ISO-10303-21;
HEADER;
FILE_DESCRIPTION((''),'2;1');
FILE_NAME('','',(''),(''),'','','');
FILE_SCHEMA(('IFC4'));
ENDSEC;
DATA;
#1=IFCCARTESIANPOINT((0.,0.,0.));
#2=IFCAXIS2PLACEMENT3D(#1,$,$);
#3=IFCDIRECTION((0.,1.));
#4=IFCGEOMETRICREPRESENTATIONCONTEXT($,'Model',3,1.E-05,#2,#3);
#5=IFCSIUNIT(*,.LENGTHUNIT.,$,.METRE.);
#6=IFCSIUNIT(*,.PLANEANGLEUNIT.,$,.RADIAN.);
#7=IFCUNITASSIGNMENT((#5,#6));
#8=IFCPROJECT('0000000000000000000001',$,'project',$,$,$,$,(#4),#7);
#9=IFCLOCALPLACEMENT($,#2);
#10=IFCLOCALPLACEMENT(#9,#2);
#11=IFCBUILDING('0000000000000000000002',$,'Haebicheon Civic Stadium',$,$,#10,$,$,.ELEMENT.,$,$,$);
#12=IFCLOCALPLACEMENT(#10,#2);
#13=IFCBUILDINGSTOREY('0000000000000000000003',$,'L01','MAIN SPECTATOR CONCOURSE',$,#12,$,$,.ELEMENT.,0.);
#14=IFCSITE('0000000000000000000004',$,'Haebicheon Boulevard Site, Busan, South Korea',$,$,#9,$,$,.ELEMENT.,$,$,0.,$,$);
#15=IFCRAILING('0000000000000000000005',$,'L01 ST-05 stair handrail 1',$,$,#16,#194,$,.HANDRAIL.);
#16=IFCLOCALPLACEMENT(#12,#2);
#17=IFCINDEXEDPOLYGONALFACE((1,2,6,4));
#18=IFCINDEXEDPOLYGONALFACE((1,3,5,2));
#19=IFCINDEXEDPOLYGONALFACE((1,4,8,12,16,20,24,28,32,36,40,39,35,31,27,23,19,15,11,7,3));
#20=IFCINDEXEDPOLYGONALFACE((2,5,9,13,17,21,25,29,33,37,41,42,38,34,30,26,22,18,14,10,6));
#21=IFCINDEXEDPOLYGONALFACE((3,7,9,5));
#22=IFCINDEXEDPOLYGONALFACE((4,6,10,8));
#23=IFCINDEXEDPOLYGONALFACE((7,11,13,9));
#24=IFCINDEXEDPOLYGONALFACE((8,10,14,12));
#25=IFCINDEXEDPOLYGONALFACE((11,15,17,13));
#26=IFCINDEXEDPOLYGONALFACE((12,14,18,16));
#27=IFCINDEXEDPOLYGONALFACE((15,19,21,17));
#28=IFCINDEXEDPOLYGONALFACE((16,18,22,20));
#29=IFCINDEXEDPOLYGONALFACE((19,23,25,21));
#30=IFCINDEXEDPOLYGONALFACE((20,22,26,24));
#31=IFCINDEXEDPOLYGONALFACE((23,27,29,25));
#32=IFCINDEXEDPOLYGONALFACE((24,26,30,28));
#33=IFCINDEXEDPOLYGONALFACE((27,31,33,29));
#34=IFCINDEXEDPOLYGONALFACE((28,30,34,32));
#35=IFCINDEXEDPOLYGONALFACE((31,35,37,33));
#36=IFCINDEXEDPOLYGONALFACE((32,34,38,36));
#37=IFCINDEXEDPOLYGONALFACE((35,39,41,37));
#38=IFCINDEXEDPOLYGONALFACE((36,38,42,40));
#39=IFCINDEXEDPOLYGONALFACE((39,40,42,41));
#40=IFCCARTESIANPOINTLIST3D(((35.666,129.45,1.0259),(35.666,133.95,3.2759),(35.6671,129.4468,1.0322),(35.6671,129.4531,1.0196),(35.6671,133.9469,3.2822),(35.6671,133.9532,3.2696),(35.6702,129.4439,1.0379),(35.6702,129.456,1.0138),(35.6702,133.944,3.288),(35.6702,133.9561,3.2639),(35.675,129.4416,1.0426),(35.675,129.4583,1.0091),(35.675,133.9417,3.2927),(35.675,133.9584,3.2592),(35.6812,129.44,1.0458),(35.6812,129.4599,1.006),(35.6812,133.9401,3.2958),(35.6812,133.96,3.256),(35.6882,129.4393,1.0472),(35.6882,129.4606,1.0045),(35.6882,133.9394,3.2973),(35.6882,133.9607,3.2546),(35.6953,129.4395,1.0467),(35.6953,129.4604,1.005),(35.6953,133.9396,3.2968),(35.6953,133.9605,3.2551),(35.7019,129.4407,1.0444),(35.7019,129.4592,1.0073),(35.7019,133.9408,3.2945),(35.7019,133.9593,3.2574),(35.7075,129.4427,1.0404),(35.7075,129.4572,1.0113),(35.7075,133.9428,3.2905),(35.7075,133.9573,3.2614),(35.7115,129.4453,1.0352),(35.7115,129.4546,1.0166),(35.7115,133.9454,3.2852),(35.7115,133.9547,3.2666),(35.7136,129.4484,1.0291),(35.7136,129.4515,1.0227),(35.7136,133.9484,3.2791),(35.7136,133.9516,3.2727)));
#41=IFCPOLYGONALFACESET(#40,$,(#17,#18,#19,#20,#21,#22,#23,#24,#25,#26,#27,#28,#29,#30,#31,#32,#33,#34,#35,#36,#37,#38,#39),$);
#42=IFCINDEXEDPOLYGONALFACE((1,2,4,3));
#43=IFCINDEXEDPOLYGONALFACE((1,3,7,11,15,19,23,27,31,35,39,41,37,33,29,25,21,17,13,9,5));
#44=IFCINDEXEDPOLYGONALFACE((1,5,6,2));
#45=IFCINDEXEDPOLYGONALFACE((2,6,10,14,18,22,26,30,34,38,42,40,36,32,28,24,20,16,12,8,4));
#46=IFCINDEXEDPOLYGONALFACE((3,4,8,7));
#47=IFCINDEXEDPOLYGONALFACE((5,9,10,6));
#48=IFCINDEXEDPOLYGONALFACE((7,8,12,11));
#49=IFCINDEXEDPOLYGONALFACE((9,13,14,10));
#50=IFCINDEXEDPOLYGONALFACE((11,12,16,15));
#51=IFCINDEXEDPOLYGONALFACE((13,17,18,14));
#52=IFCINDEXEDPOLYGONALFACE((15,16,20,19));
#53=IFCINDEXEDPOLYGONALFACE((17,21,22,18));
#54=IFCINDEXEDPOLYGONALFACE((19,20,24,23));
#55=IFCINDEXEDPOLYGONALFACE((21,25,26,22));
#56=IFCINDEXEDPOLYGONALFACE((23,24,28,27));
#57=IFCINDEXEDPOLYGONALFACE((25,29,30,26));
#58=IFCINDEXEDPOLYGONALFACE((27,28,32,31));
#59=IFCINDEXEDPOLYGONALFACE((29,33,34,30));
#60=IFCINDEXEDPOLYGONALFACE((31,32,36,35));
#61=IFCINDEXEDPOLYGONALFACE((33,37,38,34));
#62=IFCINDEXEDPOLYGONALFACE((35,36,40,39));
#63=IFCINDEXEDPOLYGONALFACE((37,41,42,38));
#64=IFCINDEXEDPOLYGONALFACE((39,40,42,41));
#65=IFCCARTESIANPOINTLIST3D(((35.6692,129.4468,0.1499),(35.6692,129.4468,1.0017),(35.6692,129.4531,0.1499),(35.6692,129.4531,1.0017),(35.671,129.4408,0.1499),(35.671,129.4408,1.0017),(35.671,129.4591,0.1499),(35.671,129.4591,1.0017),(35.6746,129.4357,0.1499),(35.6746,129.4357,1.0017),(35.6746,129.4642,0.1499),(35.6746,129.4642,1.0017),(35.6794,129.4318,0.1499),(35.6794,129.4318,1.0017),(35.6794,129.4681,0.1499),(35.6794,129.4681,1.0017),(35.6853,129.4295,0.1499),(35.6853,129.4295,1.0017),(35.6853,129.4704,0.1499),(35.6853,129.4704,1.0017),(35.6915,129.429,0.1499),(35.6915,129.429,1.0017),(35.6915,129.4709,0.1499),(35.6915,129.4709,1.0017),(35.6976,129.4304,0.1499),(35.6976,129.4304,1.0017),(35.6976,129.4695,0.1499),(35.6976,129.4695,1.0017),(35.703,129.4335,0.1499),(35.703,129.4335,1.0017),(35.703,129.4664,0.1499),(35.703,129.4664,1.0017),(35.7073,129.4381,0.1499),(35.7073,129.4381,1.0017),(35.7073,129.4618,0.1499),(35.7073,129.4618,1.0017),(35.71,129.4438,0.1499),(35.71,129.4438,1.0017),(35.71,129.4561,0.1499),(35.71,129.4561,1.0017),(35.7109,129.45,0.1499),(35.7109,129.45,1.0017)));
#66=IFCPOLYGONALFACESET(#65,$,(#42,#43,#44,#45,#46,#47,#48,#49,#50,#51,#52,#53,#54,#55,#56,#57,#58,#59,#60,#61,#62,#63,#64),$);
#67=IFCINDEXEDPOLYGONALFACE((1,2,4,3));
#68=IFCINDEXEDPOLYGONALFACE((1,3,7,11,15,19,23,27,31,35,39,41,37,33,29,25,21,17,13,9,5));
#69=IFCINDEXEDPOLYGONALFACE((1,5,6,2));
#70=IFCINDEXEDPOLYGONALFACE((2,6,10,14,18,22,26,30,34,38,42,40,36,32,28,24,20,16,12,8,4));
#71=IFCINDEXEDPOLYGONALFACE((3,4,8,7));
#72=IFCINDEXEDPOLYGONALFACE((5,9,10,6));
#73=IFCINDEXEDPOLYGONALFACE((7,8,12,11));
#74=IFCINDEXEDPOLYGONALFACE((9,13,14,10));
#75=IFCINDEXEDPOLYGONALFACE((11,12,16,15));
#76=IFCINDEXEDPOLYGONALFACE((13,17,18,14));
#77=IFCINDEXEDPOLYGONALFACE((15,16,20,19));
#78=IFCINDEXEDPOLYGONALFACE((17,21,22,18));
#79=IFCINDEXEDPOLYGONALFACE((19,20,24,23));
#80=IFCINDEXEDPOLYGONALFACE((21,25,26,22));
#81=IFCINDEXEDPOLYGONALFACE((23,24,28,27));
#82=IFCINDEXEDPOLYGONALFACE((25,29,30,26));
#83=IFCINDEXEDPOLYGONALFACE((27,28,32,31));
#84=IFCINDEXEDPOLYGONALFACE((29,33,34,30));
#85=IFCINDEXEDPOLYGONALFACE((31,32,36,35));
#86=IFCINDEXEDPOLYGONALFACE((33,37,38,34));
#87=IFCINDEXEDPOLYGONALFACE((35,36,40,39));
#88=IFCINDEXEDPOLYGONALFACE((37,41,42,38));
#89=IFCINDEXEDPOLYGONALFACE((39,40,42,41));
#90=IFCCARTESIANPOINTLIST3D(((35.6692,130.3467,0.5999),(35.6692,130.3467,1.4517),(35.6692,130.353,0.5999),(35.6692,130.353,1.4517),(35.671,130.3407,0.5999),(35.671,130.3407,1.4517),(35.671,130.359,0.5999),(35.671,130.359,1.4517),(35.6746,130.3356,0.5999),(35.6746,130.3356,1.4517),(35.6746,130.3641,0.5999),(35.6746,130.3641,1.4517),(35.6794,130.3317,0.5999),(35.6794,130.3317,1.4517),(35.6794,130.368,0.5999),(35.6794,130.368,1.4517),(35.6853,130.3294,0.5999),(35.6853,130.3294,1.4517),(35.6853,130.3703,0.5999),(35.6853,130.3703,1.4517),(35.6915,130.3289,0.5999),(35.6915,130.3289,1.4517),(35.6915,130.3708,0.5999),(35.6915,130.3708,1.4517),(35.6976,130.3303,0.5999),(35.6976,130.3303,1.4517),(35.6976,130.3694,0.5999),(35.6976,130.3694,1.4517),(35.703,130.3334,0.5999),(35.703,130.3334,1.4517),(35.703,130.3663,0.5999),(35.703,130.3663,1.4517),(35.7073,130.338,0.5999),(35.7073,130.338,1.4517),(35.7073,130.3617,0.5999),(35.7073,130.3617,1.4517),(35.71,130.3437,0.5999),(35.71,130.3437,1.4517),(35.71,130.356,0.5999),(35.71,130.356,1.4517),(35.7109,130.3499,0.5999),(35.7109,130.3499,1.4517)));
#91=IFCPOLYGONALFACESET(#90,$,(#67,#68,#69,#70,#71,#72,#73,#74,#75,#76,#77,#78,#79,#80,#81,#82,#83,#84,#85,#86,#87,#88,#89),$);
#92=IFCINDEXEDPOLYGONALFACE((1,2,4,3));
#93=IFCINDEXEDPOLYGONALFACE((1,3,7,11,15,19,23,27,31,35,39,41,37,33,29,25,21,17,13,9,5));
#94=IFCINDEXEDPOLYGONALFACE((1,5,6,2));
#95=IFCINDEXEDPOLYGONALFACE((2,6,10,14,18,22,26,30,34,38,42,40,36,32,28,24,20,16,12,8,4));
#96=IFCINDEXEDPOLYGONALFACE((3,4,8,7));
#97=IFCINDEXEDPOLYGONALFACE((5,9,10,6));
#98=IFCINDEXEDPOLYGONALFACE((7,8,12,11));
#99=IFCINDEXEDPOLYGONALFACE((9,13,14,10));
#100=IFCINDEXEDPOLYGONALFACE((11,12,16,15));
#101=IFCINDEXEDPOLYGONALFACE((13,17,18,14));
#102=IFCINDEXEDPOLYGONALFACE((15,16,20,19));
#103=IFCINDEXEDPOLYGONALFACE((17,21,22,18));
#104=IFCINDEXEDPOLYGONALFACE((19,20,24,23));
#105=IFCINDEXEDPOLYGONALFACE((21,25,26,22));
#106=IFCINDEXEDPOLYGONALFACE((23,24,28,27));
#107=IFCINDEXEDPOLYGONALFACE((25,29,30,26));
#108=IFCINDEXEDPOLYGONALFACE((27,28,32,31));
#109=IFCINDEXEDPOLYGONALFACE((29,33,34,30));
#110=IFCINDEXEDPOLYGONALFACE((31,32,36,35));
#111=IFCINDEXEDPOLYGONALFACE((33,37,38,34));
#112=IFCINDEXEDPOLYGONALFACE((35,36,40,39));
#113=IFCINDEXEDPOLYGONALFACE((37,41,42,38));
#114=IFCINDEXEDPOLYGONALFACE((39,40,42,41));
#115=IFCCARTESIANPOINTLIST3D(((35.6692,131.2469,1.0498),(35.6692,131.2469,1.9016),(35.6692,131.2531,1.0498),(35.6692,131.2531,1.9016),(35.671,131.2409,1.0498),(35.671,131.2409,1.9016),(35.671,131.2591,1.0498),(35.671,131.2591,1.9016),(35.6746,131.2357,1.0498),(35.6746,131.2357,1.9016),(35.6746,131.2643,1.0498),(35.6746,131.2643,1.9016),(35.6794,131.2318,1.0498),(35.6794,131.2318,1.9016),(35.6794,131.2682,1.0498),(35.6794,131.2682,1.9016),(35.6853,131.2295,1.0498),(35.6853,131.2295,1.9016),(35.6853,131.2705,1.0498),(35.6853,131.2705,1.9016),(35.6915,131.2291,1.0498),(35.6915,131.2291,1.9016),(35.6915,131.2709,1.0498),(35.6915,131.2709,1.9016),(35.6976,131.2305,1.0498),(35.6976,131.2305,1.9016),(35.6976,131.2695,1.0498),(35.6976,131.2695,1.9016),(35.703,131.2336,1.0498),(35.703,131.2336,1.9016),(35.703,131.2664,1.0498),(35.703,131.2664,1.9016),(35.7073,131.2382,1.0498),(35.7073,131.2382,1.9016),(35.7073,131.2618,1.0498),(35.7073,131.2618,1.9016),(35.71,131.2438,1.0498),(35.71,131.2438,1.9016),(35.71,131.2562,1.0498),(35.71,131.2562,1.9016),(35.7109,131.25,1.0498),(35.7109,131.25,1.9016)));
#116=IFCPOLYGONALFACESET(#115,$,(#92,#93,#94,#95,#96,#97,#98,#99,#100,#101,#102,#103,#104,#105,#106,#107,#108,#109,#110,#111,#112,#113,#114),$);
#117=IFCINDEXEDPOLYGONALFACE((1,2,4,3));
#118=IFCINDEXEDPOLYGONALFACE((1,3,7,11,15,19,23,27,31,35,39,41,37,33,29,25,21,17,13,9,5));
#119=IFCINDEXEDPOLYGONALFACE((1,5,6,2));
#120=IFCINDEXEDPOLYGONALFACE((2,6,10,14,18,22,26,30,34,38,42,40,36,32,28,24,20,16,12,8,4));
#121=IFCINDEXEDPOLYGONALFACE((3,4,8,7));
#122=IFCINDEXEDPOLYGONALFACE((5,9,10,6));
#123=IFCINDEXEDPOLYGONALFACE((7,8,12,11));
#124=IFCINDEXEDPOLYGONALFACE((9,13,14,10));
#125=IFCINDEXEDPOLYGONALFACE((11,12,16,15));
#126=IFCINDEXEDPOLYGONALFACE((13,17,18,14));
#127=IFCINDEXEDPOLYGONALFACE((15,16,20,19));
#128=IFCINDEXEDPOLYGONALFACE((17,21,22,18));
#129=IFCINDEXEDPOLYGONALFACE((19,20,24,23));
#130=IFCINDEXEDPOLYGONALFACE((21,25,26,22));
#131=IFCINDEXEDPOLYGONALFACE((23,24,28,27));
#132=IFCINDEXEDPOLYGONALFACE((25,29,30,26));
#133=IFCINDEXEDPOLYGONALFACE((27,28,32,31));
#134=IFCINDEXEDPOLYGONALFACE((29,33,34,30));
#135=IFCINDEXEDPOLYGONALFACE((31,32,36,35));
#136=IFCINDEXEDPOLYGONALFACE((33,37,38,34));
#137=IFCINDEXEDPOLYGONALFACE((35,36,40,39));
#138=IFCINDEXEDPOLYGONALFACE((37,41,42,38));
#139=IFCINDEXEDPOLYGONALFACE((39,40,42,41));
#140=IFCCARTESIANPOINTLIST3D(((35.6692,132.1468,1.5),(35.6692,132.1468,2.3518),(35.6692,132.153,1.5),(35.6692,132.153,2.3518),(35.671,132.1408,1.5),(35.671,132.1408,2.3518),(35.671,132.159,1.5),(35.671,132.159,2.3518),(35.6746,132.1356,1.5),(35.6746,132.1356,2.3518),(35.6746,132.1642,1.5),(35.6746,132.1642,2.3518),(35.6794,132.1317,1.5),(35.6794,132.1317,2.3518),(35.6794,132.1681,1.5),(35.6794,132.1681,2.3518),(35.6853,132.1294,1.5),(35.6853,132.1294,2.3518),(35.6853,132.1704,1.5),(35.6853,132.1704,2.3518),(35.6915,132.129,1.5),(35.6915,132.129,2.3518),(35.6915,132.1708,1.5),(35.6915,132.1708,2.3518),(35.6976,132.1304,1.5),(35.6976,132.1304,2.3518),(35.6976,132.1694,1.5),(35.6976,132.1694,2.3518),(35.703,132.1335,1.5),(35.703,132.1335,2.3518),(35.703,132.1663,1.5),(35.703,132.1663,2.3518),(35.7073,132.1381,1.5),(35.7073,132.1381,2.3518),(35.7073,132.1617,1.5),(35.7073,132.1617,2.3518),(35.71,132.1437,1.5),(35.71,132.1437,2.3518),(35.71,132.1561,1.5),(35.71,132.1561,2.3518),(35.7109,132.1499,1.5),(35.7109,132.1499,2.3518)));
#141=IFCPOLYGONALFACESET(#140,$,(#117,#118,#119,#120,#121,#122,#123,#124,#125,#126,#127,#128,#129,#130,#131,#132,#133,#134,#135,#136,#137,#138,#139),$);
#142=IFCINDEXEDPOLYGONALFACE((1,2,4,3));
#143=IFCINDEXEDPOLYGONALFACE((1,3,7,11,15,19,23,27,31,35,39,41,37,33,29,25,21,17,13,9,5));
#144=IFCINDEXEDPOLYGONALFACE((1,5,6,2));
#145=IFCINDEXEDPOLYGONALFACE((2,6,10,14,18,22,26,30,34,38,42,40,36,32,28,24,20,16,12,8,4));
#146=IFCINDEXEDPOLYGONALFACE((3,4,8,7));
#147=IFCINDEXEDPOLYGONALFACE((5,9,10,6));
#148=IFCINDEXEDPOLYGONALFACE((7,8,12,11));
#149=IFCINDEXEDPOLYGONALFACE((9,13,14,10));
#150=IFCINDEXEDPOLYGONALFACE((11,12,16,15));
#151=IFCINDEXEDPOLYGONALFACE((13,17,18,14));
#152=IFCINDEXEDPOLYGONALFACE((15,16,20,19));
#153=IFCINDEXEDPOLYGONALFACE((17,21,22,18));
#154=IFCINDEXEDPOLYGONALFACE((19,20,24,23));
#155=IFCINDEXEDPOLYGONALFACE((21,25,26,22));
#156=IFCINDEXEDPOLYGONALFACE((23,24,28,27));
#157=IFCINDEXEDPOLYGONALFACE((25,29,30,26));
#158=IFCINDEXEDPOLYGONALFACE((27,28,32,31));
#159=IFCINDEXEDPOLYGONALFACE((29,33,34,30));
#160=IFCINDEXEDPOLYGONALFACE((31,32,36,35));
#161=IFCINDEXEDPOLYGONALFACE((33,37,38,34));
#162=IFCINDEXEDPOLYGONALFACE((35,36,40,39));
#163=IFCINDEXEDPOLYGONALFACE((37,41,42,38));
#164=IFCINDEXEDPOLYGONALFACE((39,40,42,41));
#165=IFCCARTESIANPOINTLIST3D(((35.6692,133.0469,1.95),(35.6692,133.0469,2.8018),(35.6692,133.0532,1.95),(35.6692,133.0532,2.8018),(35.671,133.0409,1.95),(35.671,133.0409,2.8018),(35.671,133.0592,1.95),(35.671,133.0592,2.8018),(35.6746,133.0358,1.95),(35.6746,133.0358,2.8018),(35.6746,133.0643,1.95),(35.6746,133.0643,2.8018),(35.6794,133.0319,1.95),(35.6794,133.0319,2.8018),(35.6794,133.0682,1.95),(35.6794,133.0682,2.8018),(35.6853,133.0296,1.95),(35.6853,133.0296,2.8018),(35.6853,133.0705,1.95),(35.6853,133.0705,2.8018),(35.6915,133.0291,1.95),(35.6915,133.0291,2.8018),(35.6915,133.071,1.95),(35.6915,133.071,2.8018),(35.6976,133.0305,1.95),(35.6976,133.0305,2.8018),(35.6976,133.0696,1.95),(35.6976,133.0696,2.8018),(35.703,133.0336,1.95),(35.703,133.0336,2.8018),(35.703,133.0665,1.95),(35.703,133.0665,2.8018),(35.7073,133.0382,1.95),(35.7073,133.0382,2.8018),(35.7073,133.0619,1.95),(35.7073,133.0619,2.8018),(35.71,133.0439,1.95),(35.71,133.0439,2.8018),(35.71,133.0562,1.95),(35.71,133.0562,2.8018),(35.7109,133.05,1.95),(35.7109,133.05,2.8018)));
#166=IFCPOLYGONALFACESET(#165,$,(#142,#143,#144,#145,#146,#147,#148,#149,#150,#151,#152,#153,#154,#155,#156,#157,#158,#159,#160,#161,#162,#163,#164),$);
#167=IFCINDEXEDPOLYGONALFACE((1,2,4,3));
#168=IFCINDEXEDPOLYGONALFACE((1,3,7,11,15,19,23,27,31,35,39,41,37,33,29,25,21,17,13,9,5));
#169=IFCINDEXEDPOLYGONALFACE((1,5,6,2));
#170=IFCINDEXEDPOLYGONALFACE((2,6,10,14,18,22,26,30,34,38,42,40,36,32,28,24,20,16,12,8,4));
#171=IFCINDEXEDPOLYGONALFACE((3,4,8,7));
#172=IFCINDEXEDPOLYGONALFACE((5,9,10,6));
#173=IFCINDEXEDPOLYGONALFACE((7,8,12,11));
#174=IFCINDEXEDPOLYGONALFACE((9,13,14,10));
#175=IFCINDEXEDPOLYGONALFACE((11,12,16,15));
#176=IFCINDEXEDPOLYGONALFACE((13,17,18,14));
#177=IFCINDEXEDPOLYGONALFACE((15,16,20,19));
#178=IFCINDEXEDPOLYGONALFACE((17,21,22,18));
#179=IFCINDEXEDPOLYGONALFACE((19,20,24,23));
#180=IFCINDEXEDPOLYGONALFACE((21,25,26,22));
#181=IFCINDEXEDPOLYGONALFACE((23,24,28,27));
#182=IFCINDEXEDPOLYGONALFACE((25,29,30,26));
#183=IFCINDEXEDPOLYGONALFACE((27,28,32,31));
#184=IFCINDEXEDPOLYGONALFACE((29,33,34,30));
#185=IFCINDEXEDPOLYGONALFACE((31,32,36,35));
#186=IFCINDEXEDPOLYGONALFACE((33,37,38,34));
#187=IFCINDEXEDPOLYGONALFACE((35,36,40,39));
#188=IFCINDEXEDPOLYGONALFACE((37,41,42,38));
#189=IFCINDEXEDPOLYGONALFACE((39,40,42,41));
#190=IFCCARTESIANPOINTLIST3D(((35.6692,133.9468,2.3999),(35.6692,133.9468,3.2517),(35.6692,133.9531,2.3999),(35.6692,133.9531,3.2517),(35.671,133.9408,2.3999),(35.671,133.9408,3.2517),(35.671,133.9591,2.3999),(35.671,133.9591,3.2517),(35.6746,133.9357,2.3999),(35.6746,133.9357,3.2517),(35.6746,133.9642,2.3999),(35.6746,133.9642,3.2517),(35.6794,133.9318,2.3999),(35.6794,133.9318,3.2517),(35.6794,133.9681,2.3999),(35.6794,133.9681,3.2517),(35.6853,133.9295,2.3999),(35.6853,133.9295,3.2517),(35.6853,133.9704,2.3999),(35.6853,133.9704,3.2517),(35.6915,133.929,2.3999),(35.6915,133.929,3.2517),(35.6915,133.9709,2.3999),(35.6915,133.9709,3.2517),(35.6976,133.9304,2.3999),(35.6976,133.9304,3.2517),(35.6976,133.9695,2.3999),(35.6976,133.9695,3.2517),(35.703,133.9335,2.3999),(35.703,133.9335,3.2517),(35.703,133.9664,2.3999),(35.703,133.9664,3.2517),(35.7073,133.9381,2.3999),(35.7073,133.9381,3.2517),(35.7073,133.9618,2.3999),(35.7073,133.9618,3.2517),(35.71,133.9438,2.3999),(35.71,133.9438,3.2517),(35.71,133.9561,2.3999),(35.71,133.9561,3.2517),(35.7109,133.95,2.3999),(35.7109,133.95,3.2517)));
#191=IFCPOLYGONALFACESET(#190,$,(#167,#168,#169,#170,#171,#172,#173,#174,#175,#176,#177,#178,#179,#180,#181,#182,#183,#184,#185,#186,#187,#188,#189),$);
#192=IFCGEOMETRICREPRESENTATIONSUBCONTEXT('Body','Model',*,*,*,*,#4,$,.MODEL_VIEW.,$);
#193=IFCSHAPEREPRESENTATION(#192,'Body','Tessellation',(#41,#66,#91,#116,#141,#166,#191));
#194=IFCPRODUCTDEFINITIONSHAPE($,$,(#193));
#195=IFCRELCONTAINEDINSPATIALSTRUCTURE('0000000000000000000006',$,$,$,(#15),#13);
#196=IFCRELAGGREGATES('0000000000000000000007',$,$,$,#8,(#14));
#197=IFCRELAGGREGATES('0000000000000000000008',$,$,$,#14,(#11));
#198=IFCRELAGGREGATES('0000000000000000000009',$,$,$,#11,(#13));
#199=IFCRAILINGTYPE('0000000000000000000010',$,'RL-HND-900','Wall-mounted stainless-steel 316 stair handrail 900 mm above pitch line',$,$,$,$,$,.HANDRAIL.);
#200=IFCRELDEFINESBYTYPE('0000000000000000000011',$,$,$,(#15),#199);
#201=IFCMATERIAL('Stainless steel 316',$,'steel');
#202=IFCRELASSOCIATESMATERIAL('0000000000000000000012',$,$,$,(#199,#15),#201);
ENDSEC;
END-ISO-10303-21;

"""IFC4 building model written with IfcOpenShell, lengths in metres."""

from ifc_helpers import new_model, si_unit, direction, frame, origin, origin_2d, place, context, subcontext, project, spatial, circle, extrude, material, type_object, element, save


model = new_model("IFC4")

# Units and contexts
model_context = context("Model", 3, precision=1e-05, world=origin(), true_north=direction((0.0, 1.0)))
body_context = subcontext(model_context, "Body", "Model", "MODEL_VIEW")
ifc_project = project(units=[si_unit("LENGTHUNIT", "METRE"), si_unit("PLANEANGLEUNIT", "RADIAN")], contexts=[model_context])

# Site, building, storey
site_placement = place(None, origin())
site = spatial("IfcSite", under=ifc_project, at=site_placement, Name="Haebicheon Boulevard Site, Busan, South Korea", CompositionType="ELEMENT", RefElevation=0.0)
building_placement = place(site_placement, origin())
building = spatial("IfcBuilding", under=site, at=building_placement, Name="Haebicheon Civic Stadium", CompositionType="ELEMENT")
storey_placement = place(building_placement, origin())
storey = spatial("IfcBuildingStorey", under=building, at=storey_placement, Name="L01", Description="MAIN SPECTATOR CONCOURSE", CompositionType="ELEMENT", Elevation=0.0)

# Railing
ifc_material_1 = material(Name="Stainless steel 316", Category="steel")
railing_type_1 = type_object("IfcRailingType", Name="RL-HND-900", Description="Wall-mounted stainless-steel 316 stair handrail 900 mm above pitch line", PredefinedType="HANDRAIL", material=ifc_material_1)
railing_1_placement = place(storey_placement, frame((35.6899, 129.45, 0.1499)))
element("IfcRailing", 1, at=railing_1_placement, inside=storey, type_object=railing_type_1, material=ifc_material_1, Name="L01 ST-05 stair handrail 1", PredefinedType="HANDRAIL", context=body_context, shape_type="SweptSolid", body=[
    extrude(circle(Radius=0.0239, at=origin_2d()), frame((0.0, 0.0, 0.876), z_axis=(0.0, 0.894427, 0.447214), x_axis=(-1.0, 0.0, 0.0)), (0.0, 0.0, 1.0), 5.0312),
    extrude(circle(Radius=0.021, at=origin_2d()), origin(), (0.0, 0.0, 1.0), 0.8518),
    extrude(circle(Radius=0.021, at=origin_2d()), frame((0.0, 0.8999, 0.45)), (0.0, 0.0, 1.0), 0.8518),
    extrude(circle(Radius=0.021, at=origin_2d()), frame((0.0, 1.8, 0.8999)), (0.0, 0.0, 1.0), 0.8518),
    extrude(circle(Radius=0.021, at=origin_2d()), frame((0.0, 2.7, 1.3501)), (0.0, 0.0, 1.0), 0.8518),
    extrude(circle(Radius=0.021, at=origin_2d()), frame((0.0, 3.6001, 1.8)), (0.0, 0.0, 1.0), 0.8518),
    extrude(circle(Radius=0.021, at=origin_2d()), frame((0.0, 4.5, 2.25)), (0.0, 0.0, 1.0), 0.8518),
])

save(model, "model.ifc")
